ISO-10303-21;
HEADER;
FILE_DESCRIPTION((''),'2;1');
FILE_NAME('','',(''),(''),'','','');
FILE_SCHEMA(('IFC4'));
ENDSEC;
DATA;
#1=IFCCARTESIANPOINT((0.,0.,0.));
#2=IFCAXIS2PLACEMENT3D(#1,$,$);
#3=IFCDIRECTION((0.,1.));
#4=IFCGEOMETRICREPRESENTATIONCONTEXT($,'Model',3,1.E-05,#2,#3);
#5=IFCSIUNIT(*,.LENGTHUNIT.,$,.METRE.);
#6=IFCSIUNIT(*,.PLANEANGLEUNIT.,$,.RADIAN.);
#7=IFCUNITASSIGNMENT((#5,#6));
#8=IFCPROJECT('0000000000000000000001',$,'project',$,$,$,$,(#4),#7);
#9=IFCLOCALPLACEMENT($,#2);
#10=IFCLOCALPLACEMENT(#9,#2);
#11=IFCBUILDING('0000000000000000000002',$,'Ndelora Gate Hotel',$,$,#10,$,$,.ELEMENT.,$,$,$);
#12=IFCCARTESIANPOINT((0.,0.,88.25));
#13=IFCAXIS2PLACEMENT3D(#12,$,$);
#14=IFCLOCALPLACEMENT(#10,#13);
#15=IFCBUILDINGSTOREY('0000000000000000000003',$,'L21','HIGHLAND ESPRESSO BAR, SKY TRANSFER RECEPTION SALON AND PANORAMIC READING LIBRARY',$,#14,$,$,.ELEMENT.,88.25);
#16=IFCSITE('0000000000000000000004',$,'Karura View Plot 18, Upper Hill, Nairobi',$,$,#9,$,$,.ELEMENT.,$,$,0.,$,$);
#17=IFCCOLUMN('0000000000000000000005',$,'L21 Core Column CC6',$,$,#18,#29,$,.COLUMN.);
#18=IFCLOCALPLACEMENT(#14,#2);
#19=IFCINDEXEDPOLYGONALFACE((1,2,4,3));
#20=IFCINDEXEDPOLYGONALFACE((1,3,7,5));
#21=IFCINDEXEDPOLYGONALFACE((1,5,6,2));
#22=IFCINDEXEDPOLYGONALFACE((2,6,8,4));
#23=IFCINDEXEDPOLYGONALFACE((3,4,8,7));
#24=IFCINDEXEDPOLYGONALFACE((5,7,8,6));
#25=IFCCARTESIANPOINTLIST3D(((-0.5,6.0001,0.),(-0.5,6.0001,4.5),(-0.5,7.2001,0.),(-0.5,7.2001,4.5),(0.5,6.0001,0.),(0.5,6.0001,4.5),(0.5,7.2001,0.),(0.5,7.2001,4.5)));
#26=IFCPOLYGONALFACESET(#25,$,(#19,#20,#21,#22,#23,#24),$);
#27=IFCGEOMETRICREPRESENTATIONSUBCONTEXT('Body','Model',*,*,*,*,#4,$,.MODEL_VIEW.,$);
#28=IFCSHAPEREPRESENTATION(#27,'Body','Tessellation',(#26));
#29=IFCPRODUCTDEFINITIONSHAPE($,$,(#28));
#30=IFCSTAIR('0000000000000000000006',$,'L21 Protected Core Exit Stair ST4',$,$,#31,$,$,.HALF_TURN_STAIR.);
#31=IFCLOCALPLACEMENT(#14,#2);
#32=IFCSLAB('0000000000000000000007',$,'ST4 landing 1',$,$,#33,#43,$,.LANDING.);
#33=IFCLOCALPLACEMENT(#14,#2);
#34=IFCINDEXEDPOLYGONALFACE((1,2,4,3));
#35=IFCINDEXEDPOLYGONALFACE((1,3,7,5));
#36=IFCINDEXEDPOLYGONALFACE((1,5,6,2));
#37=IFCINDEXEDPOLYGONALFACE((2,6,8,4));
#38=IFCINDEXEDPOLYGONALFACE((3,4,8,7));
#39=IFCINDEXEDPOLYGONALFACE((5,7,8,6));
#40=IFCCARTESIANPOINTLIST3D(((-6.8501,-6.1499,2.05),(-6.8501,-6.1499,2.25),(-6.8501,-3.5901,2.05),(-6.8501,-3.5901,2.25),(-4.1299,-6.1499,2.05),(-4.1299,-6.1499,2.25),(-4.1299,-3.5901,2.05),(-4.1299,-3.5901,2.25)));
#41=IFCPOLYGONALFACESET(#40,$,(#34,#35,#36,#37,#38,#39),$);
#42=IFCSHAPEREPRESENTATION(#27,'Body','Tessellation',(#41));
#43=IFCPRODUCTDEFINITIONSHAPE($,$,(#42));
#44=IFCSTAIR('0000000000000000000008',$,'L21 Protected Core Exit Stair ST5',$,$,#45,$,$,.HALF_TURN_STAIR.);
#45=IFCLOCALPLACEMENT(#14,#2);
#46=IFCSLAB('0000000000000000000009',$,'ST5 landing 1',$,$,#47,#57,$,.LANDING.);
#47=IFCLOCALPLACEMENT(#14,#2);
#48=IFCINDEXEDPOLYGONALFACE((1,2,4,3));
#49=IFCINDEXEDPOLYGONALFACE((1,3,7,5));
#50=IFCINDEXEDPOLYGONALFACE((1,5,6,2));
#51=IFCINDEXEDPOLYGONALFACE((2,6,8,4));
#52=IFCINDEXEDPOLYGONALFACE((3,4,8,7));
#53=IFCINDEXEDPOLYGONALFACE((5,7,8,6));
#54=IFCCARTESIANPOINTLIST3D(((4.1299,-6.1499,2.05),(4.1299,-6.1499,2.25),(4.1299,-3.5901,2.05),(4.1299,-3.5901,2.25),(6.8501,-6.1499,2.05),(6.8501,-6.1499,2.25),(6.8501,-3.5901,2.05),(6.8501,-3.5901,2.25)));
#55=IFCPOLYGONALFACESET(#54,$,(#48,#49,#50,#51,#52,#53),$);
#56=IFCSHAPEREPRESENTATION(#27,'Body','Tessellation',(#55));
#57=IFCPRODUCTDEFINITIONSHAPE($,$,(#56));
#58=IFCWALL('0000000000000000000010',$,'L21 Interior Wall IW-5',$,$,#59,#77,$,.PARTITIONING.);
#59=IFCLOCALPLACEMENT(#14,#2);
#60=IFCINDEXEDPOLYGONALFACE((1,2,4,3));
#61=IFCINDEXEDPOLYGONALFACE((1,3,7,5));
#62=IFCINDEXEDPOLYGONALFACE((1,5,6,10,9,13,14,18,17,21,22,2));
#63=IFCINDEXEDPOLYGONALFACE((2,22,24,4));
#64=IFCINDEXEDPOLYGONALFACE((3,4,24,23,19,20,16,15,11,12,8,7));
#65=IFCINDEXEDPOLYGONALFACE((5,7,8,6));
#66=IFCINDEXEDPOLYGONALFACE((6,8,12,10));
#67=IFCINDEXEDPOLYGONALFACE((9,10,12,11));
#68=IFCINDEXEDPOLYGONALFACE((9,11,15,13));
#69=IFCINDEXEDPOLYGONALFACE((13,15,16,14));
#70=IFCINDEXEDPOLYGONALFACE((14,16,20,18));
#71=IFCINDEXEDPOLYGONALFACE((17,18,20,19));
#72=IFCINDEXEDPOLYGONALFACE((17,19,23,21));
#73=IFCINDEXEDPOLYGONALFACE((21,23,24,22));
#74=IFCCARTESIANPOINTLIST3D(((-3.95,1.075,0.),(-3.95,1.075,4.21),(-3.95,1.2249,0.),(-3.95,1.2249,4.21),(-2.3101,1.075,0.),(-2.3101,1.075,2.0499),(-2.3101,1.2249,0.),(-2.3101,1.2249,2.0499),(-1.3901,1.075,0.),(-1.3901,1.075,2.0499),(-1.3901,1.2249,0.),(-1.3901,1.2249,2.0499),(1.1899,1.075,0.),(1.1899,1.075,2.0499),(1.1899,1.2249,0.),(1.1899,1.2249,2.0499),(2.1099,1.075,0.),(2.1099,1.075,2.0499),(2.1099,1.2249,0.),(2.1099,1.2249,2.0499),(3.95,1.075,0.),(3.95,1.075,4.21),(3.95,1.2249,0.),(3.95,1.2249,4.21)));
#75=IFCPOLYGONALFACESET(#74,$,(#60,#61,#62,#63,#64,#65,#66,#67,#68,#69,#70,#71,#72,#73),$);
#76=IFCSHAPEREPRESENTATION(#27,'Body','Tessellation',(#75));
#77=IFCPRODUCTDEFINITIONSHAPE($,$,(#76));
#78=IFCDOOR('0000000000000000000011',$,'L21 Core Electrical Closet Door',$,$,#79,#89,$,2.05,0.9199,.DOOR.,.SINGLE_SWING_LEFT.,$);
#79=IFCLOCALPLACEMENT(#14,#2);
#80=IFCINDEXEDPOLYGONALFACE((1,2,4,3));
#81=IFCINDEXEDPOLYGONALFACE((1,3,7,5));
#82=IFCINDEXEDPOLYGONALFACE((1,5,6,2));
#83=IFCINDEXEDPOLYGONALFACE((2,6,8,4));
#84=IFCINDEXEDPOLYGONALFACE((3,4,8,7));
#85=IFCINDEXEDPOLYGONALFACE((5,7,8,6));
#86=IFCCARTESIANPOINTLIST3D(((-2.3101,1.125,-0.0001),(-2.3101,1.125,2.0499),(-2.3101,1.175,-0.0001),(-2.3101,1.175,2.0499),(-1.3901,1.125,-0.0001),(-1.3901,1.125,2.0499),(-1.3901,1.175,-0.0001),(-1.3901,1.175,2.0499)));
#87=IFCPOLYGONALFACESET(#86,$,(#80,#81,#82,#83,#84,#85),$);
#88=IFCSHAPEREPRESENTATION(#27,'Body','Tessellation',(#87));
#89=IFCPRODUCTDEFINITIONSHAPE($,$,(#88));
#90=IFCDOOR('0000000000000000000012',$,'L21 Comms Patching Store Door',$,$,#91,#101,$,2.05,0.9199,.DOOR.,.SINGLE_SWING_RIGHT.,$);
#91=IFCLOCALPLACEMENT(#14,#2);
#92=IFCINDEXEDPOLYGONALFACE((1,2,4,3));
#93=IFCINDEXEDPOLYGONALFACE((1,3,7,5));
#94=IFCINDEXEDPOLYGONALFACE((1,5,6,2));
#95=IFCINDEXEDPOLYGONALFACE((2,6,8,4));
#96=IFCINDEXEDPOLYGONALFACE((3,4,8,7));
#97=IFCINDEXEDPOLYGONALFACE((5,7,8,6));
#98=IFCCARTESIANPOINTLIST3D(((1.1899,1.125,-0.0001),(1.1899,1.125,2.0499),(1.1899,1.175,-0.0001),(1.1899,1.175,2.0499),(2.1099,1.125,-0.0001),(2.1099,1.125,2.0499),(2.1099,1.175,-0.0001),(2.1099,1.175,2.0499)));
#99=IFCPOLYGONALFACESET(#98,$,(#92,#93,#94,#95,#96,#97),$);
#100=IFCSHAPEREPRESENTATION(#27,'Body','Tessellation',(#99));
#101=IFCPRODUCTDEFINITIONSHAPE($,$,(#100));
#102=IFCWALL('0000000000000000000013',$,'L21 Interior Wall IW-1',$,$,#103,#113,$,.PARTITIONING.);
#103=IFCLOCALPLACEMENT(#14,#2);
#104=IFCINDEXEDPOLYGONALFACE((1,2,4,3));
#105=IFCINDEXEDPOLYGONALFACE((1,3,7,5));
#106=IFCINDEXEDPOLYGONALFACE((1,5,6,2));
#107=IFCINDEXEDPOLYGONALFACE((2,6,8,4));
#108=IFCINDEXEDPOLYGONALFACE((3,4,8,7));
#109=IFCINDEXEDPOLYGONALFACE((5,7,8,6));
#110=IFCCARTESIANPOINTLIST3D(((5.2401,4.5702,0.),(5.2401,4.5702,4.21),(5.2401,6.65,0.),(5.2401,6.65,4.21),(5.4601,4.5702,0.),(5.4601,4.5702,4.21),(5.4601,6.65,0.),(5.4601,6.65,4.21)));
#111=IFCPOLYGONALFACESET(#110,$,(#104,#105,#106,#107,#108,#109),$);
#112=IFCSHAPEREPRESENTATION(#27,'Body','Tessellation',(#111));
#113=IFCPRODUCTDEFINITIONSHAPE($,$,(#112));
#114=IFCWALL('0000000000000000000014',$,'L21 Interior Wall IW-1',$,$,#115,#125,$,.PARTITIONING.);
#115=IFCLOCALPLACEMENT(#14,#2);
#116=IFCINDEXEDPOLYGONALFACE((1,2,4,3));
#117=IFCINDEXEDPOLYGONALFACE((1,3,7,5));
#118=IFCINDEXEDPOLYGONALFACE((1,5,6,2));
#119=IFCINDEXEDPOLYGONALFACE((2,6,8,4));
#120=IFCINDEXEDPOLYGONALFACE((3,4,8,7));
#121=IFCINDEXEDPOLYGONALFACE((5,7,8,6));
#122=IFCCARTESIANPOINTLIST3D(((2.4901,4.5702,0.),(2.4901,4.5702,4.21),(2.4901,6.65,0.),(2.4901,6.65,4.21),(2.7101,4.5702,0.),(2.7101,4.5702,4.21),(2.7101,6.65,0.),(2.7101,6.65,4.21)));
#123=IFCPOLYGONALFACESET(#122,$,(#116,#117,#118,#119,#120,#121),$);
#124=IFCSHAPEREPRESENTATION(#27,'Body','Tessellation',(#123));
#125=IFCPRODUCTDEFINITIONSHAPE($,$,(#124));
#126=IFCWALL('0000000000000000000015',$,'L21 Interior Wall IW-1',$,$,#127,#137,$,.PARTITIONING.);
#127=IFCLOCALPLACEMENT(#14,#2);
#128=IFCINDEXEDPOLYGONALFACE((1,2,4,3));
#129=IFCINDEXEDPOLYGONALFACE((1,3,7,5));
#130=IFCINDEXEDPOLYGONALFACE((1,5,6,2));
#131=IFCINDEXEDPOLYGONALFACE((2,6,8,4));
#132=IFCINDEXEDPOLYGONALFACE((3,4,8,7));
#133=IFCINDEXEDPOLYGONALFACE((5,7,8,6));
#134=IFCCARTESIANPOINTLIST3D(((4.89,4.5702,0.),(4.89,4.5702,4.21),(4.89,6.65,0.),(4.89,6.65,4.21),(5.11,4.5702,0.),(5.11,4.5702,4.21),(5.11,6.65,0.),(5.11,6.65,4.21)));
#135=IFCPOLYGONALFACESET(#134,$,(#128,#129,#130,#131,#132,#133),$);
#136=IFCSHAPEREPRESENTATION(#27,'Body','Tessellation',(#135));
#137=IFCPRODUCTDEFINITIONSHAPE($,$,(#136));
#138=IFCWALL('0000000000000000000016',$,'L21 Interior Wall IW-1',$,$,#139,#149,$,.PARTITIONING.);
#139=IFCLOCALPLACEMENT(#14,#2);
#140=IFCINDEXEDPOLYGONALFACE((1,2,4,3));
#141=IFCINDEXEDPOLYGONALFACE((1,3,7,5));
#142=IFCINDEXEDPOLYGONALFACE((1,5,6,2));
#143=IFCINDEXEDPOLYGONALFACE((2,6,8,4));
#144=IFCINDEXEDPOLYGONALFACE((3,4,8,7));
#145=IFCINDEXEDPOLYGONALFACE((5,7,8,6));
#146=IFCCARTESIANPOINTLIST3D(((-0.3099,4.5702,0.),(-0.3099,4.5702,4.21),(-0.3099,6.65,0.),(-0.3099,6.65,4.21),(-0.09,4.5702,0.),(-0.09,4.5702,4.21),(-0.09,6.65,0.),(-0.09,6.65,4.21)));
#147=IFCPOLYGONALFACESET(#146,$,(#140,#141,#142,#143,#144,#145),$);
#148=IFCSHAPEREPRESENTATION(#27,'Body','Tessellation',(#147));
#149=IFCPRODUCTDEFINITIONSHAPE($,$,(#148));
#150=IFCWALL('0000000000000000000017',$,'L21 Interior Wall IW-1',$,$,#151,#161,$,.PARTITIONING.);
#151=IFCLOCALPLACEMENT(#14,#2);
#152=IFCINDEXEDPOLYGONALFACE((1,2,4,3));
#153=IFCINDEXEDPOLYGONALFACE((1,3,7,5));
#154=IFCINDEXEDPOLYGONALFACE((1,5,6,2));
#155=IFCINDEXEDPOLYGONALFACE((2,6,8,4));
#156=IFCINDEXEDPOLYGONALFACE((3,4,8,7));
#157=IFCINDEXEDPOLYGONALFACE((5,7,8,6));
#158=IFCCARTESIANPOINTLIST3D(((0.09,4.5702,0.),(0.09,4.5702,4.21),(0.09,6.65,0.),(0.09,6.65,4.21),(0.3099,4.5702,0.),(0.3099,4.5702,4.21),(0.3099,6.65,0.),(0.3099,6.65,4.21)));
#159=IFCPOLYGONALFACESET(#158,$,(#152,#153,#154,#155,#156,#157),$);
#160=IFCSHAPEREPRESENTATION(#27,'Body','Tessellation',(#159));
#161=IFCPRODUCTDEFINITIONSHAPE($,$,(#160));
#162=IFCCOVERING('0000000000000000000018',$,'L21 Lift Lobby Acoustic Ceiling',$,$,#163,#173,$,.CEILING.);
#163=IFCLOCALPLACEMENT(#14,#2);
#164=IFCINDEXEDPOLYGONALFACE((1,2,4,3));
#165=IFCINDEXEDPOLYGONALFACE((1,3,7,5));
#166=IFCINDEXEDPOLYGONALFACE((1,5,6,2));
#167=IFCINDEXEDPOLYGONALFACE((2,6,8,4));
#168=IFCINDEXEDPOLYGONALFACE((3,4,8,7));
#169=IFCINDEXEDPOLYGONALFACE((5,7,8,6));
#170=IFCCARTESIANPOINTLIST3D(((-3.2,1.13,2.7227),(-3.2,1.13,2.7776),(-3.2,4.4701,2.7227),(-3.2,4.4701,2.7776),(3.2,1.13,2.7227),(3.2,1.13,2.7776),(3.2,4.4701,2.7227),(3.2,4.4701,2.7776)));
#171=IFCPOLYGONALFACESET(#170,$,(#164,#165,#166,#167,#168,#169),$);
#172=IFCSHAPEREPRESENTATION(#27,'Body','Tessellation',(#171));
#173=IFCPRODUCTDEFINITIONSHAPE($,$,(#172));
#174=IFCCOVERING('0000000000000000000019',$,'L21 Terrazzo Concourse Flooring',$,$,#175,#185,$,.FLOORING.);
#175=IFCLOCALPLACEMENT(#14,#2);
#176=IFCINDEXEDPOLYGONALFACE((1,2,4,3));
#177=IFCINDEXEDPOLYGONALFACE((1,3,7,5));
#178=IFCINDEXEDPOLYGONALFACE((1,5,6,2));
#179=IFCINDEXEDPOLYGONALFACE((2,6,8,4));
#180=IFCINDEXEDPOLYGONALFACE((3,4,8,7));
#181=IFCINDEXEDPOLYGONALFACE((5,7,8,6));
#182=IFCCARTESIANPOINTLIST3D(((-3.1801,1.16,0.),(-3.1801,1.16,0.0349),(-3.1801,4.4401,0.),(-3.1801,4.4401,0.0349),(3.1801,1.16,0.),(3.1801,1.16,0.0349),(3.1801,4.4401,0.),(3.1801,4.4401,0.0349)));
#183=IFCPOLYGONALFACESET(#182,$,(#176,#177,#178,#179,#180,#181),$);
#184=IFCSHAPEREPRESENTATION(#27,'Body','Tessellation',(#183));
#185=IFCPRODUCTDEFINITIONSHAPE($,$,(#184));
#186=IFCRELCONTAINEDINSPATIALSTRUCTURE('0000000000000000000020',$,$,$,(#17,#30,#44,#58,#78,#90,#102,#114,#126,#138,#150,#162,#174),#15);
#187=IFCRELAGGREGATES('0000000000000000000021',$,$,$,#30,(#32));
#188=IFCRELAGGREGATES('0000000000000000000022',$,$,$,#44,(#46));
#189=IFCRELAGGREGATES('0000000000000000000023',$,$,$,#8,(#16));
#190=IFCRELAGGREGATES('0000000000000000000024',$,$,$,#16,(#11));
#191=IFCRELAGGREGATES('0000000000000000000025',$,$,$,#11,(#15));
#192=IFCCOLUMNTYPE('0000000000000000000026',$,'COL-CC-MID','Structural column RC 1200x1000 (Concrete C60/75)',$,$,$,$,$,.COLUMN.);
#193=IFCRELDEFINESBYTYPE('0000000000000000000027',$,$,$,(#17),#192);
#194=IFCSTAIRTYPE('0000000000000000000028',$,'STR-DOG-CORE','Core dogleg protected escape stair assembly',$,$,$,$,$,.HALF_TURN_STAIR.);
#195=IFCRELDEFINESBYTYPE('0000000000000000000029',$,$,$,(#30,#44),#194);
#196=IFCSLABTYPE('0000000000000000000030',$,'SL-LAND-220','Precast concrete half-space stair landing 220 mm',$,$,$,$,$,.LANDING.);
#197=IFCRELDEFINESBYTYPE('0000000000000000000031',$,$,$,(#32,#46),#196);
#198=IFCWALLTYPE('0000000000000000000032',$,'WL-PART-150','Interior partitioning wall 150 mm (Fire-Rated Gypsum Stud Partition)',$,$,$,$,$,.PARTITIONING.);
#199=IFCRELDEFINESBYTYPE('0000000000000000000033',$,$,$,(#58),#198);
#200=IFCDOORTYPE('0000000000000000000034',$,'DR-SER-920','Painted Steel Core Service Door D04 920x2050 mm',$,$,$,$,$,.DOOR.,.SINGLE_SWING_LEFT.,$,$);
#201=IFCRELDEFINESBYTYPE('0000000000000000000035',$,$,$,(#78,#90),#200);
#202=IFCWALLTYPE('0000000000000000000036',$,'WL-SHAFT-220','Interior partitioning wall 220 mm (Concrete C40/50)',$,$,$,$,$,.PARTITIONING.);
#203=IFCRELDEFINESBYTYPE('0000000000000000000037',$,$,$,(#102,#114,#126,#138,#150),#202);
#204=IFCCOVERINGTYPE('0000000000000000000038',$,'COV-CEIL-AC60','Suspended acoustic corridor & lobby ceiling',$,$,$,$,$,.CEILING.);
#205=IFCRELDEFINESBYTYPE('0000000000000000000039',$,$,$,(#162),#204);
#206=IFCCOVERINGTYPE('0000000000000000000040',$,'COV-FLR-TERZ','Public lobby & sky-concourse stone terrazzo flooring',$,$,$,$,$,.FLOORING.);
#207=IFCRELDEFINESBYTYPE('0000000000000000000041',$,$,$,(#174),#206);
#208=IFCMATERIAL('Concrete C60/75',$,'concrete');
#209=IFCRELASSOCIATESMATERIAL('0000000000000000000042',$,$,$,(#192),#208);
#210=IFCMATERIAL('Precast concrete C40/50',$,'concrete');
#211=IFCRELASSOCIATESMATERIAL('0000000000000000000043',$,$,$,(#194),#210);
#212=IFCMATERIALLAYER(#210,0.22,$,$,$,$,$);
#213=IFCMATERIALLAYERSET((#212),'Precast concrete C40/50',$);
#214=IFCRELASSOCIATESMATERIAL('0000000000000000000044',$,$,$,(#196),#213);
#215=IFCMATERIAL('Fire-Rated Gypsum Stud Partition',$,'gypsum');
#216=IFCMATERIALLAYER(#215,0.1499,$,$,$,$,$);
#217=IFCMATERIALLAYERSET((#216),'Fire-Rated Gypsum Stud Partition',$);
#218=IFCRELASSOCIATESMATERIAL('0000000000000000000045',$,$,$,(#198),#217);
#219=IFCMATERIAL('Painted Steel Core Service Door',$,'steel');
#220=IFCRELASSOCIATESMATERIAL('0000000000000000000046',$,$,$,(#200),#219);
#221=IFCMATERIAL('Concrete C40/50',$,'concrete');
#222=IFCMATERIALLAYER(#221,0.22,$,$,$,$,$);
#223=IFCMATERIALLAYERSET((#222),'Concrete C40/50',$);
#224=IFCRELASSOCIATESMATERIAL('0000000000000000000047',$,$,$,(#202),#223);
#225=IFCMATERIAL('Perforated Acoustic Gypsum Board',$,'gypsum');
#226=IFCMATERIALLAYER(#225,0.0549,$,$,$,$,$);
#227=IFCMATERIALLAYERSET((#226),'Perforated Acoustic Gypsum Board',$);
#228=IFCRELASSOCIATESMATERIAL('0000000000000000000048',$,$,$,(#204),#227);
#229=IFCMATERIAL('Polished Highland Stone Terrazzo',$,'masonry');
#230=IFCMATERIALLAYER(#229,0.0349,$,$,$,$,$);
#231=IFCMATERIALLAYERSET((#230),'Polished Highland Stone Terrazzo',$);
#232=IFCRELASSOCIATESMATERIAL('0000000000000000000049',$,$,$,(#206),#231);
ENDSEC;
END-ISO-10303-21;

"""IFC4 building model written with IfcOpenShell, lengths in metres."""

from ifc_helpers import new_model, si_unit, direction, frame, frame_2d, origin, origin_2d, place, context, subcontext, project, spatial, polyline, rectangle, outline, extrude, material, layer, layer_set, material_profile, profile_set, type_object, element, fill, aggregate, save


model = new_model("IFC4")

# Units and contexts
model_context = context("Model", 3, precision=1e-05, world=origin(), true_north=direction((0.0, 1.0)))
body_context = subcontext(model_context, "Body", "Model", "MODEL_VIEW")
ifc_project = project(units=[si_unit("LENGTHUNIT", "METRE"), si_unit("PLANEANGLEUNIT", "RADIAN")], contexts=[model_context])

# Site, building, storey
site_placement = place(None, origin())
site = spatial("IfcSite", under=ifc_project, at=site_placement, Name="Karura View Plot 18, Upper Hill, Nairobi", CompositionType="ELEMENT", RefElevation=0.0)
building_placement = place(site_placement, origin())
building = spatial("IfcBuilding", under=site, at=building_placement, Name="Ndelora Gate Hotel", CompositionType="ELEMENT")
storey_placement = place(building_placement, frame((0.0, 0.0, 88.25)))
storey = spatial("IfcBuildingStorey", under=building, at=storey_placement, Name="L21", Description="HIGHLAND ESPRESSO BAR, SKY TRANSFER RECEPTION SALON AND PANORAMIC READING LIBRARY", CompositionType="ELEMENT", Elevation=88.25)

# Column
ifc_material_1 = material(Name="Concrete C60/75", Category="concrete")
ifc_material_profile = material_profile(ifc_material_1, rectangle(XDim=1.0, YDim=1.2, at=origin_2d()), Name="RC 1200x1000")
ifc_profile_set = profile_set([ifc_material_profile], Name="Concrete C60/75")
column_type = type_object("IfcColumnType", Name="COL-CC-MID", Description="Structural column RC 1200x1000 (Concrete C60/75)", PredefinedType="COLUMN", material=ifc_profile_set)
column_placement = place(storey_placement, frame((0.0, 6.6001, 0.0), z_axis=(0.0, 0.0, 1.0), x_axis=(1.0, 0.0, 0.0)))
element("IfcColumn", 1, at=column_placement, inside=storey, type_object=column_type, Name="L21 Core Column CC6", PredefinedType="COLUMN", context=body_context, shape_type="SweptSolid", body=[
    extrude(rectangle(XDim=1.0, YDim=1.2, at=origin_2d()), origin(), (0.0, 0.0, 1.0), 4.5),
])

# Stairs, slabs
ifc_material_2 = material(Name="Precast concrete C40/50", Category="concrete")
stair_type = type_object("IfcStairType", Name="STR-DOG-CORE", Description="Core dogleg protected escape stair assembly", PredefinedType="HALF_TURN_STAIR", material=ifc_material_2)
stair_1_placement = place(storey_placement, origin())
stair_1 = element("IfcStair", 2, at=stair_1_placement, inside=storey, type_object=stair_type, Name="L21 Protected Core Exit Stair ST4", PredefinedType="HALF_TURN_STAIR")
ifc_layer_1 = layer(ifc_material_2, 0.22)
ifc_layer_set_1 = layer_set([ifc_layer_1], Name="Precast concrete C40/50")
slab_type = type_object("IfcSlabType", Name="SL-LAND-220", Description="Precast concrete half-space stair landing 220 mm", PredefinedType="LANDING", material=ifc_layer_set_1)
slab_1_placement = place(storey_placement, frame((0.0, 0.0, 2.05)))
slab_1 = element("IfcSlab", 3, at=slab_1_placement, type_object=slab_type, Name="ST4 landing 1", PredefinedType="LANDING", context=body_context, shape_type="SweptSolid", body=[
    extrude(outline(polyline([(-6.8501, -3.5901), (-6.8501, -6.1499), (-4.1299, -6.1499), (-4.1299, -3.5901), (-6.8501, -3.5901)])), origin(), (0.0, 0.0, 1.0), 0.2),
])
aggregate(stair_1, [slab_1])
stair_2_placement = place(storey_placement, origin())
stair_2 = element("IfcStair", 4, at=stair_2_placement, inside=storey, type_object=stair_type, Name="L21 Protected Core Exit Stair ST5", PredefinedType="HALF_TURN_STAIR")
slab_2_placement = place(storey_placement, frame((0.0, 0.0, 2.05)))
slab_2 = element("IfcSlab", 5, at=slab_2_placement, type_object=slab_type, Name="ST5 landing 1", PredefinedType="LANDING", context=body_context, shape_type="SweptSolid", body=[
    extrude(outline(polyline([(4.1299, -3.5901), (4.1299, -6.1499), (6.8501, -6.1499), (6.8501, -3.5901), (4.1299, -3.5901)])), origin(), (0.0, 0.0, 1.0), 0.2),
])
aggregate(stair_2, [slab_2])

# Shared definitions
ifc_material_3 = material(Name="Concrete C40/50", Category="concrete")

# Wall, openings, doors
ifc_material_4 = material(Name="Fire-Rated Gypsum Stud Partition", Category="gypsum")
ifc_layer_2 = layer(ifc_material_4, 0.1499)
ifc_layer_set_2 = layer_set([ifc_layer_2], Name="Fire-Rated Gypsum Stud Partition")
wall_type_1 = type_object("IfcWallType", Name="WL-PART-150", Description="Interior partitioning wall 150 mm (Fire-Rated Gypsum Stud Partition)", PredefinedType="PARTITIONING", material=ifc_layer_set_2)
wall_1_placement = place(storey_placement, frame((3.95, 1.1499, 0.0), z_axis=(0.0, 0.0, 1.0), x_axis=(-1.0, 0.0, 0.0)))
wall_1 = element("IfcWall", 6, at=wall_1_placement, inside=storey, type_object=wall_type_1, Name="L21 Interior Wall IW-5", PredefinedType="PARTITIONING", context=body_context, shape_type="SweptSolid", body=[
    extrude(rectangle(XDim=7.8999, YDim=0.1499, at=frame_2d((3.95, 0.0))), origin(), (0.0, 0.0, 1.0), 4.21),
])
opening_1_placement = place(wall_1_placement, frame((5.3401, 0.0, 0.0)))
opening_1 = element("IfcOpeningElement", 7, at=opening_1_placement, cuts=wall_1, PredefinedType="OPENING", context=body_context, shape_type="SweptSolid", body=[
    extrude(rectangle(XDim=0.9199, YDim=2.05, at=frame_2d((0.46, 1.0249))), frame((0.0, 0.085, 0.0), z_axis=(0.0, -1.0, 0.0), x_axis=(1.0, 0.0, 0.0)), (0.0, 0.0, 1.0), 0.1699),
])
opening_2_placement = place(wall_1_placement, frame((1.8401, 0.0, 0.0)))
opening_2 = element("IfcOpeningElement", 8, at=opening_2_placement, cuts=wall_1, PredefinedType="OPENING", context=body_context, shape_type="SweptSolid", body=[
    extrude(rectangle(XDim=0.9199, YDim=2.05, at=frame_2d((0.46, 1.0249))), frame((0.0, 0.085, 0.0), z_axis=(0.0, -1.0, 0.0), x_axis=(1.0, 0.0, 0.0)), (0.0, 0.0, 1.0), 0.1699),
])
ifc_material_5 = material(Name="Painted Steel Core Service Door", Category="steel")
door_type_1 = type_object("IfcDoorType", Name="DR-SER-920", Description="Painted Steel Core Service Door D04 920x2050 mm", OperationType="SINGLE_SWING_LEFT", PredefinedType="DOOR", material=ifc_material_5)
door_1_placement = place(opening_1_placement, origin())
door_1 = element("IfcDoor", 9, at=door_1_placement, inside=storey, type_object=door_type_1, Name="L21 Core Electrical Closet Door", OperationType="SINGLE_SWING_LEFT", OverallHeight=2.05, OverallWidth=0.9199, PredefinedType="DOOR", context=body_context, shape_type="SweptSolid", body=[
    extrude(rectangle(XDim=0.9199, YDim=2.05, at=frame_2d((0.46, 1.0249))), frame((0.0, 0.0249, 0.0), z_axis=(0.0, -1.0, 0.0), x_axis=(1.0, 0.0, 0.0)), (0.0, 0.0, 1.0), 0.05),
])
fill(opening_1, door_1)
door_2_placement = place(opening_2_placement, origin())
door_2 = element("IfcDoor", 10, at=door_2_placement, inside=storey, type_object=door_type_1, Name="L21 Comms Patching Store Door", OperationType="SINGLE_SWING_RIGHT", OverallHeight=2.05, OverallWidth=0.9199, PredefinedType="DOOR", context=body_context, shape_type="SweptSolid", body=[
    extrude(rectangle(XDim=0.9199, YDim=2.05, at=frame_2d((0.46, 1.0249))), frame((0.0, 0.0249, 0.0), z_axis=(0.0, -1.0, 0.0), x_axis=(1.0, 0.0, 0.0)), (0.0, 0.0, 1.0), 0.05),
])
fill(opening_2, door_2)

# Shared definitions
ifc_layer_3 = layer(ifc_material_3, 0.22)
ifc_layer_set_3 = layer_set([ifc_layer_3], Name="Concrete C40/50")
wall_type_2 = type_object("IfcWallType", Name="WL-SHAFT-220", Description="Interior partitioning wall 220 mm (Concrete C40/50)", PredefinedType="PARTITIONING", material=ifc_layer_set_3)

# Wall
wall_2_placement = place(storey_placement, frame((5.3501, 4.5701, 0.0), z_axis=(0.0, 0.0, 1.0), x_axis=(0.0, 1.0, 0.0)))
element("IfcWall", 11, at=wall_2_placement, inside=storey, type_object=wall_type_2, Name="L21 Interior Wall IW-1", PredefinedType="PARTITIONING", context=body_context, shape_type="SweptSolid", body=[
    extrude(rectangle(XDim=2.0798, YDim=0.22, at=frame_2d((1.04, 0.0))), origin(), (0.0, 0.0, 1.0), 4.21),
])

# Walls
for number, where, z_axis, x_axis, name in (
    (12, (2.6001, 4.5701, 0.0), (0.0, 0.0, 1.0), (0.0, 1.0, 0.0), "L21 Interior Wall IW-1"),
    (13, (5.0, 4.5701, 0.0), (0.0, 0.0, 1.0), (0.0, 1.0, 0.0), "L21 Interior Wall IW-1"),
    (14, (-0.2, 4.5701, 0.0), (0.0, 0.0, 1.0), (0.0, 1.0, 0.0), "L21 Interior Wall IW-1"),
):
    element("IfcWall", number, at=place(storey_placement, frame(where, z_axis=z_axis, x_axis=x_axis)), inside=storey, type_object=wall_type_2, Name=name, PredefinedType="PARTITIONING", context=body_context, shape_type="SweptSolid", body=[
        extrude(rectangle(XDim=2.0798, YDim=0.22, at=frame_2d((1.04, 0.0))), origin(), (0.0, 0.0, 1.0), 4.21),
    ])

# Wall
wall_3_placement = place(storey_placement, frame((0.2, 4.5701, 0.0), z_axis=(0.0, 0.0, 1.0), x_axis=(0.0, 1.0, 0.0)))
element("IfcWall", 15, at=wall_3_placement, inside=storey, type_object=wall_type_2, Name="L21 Interior Wall IW-1", PredefinedType="PARTITIONING", context=body_context, shape_type="SweptSolid", body=[
    extrude(rectangle(XDim=2.0798, YDim=0.22, at=frame_2d((1.04, 0.0))), origin(), (0.0, 0.0, 1.0), 4.21),
])

# Coverings
ifc_material_6 = material(Name="Perforated Acoustic Gypsum Board", Category="gypsum")
ifc_layer_4 = layer(ifc_material_6, 0.0549)
ifc_layer_set_4 = layer_set([ifc_layer_4], Name="Perforated Acoustic Gypsum Board")
covering_type_1 = type_object("IfcCoveringType", Name="COV-CEIL-AC60", Description="Suspended acoustic corridor & lobby ceiling", PredefinedType="CEILING", material=ifc_layer_set_4)
covering_1_placement = place(storey_placement, frame((0.0, 2.8, 2.7227), z_axis=(0.0, 0.0, 1.0), x_axis=(1.0, 0.0, 0.0)))
element("IfcCovering", 16, at=covering_1_placement, inside=storey, type_object=covering_type_1, Name="L21 Lift Lobby Acoustic Ceiling", PredefinedType="CEILING", context=body_context, shape_type="SweptSolid", body=[
    extrude(rectangle(XDim=6.3999, YDim=3.3401, at=origin_2d()), origin(), (0.0, 0.0, 1.0), 0.0549),
])
ifc_material_7 = material(Name="Polished Highland Stone Terrazzo", Category="masonry")
ifc_layer_5 = layer(ifc_material_7, 0.0349)
ifc_layer_set_5 = layer_set([ifc_layer_5], Name="Polished Highland Stone Terrazzo")
covering_type_2 = type_object("IfcCoveringType", Name="COV-FLR-TERZ", Description="Public lobby & sky-concourse stone terrazzo flooring", PredefinedType="FLOORING", material=ifc_layer_set_5)
covering_2_placement = place(storey_placement, frame((0.0, 2.8, 0.0), z_axis=(0.0, 0.0, 1.0), x_axis=(1.0, 0.0, 0.0)))
element("IfcCovering", 17, at=covering_2_placement, inside=storey, type_object=covering_type_2, Name="L21 Terrazzo Concourse Flooring", PredefinedType="FLOORING", context=body_context, shape_type="SweptSolid", body=[
    extrude(rectangle(XDim=6.3601, YDim=3.28, at=origin_2d()), origin(), (0.0, 0.0, 1.0), 0.0349),
])

save(model, "model.ifc")
